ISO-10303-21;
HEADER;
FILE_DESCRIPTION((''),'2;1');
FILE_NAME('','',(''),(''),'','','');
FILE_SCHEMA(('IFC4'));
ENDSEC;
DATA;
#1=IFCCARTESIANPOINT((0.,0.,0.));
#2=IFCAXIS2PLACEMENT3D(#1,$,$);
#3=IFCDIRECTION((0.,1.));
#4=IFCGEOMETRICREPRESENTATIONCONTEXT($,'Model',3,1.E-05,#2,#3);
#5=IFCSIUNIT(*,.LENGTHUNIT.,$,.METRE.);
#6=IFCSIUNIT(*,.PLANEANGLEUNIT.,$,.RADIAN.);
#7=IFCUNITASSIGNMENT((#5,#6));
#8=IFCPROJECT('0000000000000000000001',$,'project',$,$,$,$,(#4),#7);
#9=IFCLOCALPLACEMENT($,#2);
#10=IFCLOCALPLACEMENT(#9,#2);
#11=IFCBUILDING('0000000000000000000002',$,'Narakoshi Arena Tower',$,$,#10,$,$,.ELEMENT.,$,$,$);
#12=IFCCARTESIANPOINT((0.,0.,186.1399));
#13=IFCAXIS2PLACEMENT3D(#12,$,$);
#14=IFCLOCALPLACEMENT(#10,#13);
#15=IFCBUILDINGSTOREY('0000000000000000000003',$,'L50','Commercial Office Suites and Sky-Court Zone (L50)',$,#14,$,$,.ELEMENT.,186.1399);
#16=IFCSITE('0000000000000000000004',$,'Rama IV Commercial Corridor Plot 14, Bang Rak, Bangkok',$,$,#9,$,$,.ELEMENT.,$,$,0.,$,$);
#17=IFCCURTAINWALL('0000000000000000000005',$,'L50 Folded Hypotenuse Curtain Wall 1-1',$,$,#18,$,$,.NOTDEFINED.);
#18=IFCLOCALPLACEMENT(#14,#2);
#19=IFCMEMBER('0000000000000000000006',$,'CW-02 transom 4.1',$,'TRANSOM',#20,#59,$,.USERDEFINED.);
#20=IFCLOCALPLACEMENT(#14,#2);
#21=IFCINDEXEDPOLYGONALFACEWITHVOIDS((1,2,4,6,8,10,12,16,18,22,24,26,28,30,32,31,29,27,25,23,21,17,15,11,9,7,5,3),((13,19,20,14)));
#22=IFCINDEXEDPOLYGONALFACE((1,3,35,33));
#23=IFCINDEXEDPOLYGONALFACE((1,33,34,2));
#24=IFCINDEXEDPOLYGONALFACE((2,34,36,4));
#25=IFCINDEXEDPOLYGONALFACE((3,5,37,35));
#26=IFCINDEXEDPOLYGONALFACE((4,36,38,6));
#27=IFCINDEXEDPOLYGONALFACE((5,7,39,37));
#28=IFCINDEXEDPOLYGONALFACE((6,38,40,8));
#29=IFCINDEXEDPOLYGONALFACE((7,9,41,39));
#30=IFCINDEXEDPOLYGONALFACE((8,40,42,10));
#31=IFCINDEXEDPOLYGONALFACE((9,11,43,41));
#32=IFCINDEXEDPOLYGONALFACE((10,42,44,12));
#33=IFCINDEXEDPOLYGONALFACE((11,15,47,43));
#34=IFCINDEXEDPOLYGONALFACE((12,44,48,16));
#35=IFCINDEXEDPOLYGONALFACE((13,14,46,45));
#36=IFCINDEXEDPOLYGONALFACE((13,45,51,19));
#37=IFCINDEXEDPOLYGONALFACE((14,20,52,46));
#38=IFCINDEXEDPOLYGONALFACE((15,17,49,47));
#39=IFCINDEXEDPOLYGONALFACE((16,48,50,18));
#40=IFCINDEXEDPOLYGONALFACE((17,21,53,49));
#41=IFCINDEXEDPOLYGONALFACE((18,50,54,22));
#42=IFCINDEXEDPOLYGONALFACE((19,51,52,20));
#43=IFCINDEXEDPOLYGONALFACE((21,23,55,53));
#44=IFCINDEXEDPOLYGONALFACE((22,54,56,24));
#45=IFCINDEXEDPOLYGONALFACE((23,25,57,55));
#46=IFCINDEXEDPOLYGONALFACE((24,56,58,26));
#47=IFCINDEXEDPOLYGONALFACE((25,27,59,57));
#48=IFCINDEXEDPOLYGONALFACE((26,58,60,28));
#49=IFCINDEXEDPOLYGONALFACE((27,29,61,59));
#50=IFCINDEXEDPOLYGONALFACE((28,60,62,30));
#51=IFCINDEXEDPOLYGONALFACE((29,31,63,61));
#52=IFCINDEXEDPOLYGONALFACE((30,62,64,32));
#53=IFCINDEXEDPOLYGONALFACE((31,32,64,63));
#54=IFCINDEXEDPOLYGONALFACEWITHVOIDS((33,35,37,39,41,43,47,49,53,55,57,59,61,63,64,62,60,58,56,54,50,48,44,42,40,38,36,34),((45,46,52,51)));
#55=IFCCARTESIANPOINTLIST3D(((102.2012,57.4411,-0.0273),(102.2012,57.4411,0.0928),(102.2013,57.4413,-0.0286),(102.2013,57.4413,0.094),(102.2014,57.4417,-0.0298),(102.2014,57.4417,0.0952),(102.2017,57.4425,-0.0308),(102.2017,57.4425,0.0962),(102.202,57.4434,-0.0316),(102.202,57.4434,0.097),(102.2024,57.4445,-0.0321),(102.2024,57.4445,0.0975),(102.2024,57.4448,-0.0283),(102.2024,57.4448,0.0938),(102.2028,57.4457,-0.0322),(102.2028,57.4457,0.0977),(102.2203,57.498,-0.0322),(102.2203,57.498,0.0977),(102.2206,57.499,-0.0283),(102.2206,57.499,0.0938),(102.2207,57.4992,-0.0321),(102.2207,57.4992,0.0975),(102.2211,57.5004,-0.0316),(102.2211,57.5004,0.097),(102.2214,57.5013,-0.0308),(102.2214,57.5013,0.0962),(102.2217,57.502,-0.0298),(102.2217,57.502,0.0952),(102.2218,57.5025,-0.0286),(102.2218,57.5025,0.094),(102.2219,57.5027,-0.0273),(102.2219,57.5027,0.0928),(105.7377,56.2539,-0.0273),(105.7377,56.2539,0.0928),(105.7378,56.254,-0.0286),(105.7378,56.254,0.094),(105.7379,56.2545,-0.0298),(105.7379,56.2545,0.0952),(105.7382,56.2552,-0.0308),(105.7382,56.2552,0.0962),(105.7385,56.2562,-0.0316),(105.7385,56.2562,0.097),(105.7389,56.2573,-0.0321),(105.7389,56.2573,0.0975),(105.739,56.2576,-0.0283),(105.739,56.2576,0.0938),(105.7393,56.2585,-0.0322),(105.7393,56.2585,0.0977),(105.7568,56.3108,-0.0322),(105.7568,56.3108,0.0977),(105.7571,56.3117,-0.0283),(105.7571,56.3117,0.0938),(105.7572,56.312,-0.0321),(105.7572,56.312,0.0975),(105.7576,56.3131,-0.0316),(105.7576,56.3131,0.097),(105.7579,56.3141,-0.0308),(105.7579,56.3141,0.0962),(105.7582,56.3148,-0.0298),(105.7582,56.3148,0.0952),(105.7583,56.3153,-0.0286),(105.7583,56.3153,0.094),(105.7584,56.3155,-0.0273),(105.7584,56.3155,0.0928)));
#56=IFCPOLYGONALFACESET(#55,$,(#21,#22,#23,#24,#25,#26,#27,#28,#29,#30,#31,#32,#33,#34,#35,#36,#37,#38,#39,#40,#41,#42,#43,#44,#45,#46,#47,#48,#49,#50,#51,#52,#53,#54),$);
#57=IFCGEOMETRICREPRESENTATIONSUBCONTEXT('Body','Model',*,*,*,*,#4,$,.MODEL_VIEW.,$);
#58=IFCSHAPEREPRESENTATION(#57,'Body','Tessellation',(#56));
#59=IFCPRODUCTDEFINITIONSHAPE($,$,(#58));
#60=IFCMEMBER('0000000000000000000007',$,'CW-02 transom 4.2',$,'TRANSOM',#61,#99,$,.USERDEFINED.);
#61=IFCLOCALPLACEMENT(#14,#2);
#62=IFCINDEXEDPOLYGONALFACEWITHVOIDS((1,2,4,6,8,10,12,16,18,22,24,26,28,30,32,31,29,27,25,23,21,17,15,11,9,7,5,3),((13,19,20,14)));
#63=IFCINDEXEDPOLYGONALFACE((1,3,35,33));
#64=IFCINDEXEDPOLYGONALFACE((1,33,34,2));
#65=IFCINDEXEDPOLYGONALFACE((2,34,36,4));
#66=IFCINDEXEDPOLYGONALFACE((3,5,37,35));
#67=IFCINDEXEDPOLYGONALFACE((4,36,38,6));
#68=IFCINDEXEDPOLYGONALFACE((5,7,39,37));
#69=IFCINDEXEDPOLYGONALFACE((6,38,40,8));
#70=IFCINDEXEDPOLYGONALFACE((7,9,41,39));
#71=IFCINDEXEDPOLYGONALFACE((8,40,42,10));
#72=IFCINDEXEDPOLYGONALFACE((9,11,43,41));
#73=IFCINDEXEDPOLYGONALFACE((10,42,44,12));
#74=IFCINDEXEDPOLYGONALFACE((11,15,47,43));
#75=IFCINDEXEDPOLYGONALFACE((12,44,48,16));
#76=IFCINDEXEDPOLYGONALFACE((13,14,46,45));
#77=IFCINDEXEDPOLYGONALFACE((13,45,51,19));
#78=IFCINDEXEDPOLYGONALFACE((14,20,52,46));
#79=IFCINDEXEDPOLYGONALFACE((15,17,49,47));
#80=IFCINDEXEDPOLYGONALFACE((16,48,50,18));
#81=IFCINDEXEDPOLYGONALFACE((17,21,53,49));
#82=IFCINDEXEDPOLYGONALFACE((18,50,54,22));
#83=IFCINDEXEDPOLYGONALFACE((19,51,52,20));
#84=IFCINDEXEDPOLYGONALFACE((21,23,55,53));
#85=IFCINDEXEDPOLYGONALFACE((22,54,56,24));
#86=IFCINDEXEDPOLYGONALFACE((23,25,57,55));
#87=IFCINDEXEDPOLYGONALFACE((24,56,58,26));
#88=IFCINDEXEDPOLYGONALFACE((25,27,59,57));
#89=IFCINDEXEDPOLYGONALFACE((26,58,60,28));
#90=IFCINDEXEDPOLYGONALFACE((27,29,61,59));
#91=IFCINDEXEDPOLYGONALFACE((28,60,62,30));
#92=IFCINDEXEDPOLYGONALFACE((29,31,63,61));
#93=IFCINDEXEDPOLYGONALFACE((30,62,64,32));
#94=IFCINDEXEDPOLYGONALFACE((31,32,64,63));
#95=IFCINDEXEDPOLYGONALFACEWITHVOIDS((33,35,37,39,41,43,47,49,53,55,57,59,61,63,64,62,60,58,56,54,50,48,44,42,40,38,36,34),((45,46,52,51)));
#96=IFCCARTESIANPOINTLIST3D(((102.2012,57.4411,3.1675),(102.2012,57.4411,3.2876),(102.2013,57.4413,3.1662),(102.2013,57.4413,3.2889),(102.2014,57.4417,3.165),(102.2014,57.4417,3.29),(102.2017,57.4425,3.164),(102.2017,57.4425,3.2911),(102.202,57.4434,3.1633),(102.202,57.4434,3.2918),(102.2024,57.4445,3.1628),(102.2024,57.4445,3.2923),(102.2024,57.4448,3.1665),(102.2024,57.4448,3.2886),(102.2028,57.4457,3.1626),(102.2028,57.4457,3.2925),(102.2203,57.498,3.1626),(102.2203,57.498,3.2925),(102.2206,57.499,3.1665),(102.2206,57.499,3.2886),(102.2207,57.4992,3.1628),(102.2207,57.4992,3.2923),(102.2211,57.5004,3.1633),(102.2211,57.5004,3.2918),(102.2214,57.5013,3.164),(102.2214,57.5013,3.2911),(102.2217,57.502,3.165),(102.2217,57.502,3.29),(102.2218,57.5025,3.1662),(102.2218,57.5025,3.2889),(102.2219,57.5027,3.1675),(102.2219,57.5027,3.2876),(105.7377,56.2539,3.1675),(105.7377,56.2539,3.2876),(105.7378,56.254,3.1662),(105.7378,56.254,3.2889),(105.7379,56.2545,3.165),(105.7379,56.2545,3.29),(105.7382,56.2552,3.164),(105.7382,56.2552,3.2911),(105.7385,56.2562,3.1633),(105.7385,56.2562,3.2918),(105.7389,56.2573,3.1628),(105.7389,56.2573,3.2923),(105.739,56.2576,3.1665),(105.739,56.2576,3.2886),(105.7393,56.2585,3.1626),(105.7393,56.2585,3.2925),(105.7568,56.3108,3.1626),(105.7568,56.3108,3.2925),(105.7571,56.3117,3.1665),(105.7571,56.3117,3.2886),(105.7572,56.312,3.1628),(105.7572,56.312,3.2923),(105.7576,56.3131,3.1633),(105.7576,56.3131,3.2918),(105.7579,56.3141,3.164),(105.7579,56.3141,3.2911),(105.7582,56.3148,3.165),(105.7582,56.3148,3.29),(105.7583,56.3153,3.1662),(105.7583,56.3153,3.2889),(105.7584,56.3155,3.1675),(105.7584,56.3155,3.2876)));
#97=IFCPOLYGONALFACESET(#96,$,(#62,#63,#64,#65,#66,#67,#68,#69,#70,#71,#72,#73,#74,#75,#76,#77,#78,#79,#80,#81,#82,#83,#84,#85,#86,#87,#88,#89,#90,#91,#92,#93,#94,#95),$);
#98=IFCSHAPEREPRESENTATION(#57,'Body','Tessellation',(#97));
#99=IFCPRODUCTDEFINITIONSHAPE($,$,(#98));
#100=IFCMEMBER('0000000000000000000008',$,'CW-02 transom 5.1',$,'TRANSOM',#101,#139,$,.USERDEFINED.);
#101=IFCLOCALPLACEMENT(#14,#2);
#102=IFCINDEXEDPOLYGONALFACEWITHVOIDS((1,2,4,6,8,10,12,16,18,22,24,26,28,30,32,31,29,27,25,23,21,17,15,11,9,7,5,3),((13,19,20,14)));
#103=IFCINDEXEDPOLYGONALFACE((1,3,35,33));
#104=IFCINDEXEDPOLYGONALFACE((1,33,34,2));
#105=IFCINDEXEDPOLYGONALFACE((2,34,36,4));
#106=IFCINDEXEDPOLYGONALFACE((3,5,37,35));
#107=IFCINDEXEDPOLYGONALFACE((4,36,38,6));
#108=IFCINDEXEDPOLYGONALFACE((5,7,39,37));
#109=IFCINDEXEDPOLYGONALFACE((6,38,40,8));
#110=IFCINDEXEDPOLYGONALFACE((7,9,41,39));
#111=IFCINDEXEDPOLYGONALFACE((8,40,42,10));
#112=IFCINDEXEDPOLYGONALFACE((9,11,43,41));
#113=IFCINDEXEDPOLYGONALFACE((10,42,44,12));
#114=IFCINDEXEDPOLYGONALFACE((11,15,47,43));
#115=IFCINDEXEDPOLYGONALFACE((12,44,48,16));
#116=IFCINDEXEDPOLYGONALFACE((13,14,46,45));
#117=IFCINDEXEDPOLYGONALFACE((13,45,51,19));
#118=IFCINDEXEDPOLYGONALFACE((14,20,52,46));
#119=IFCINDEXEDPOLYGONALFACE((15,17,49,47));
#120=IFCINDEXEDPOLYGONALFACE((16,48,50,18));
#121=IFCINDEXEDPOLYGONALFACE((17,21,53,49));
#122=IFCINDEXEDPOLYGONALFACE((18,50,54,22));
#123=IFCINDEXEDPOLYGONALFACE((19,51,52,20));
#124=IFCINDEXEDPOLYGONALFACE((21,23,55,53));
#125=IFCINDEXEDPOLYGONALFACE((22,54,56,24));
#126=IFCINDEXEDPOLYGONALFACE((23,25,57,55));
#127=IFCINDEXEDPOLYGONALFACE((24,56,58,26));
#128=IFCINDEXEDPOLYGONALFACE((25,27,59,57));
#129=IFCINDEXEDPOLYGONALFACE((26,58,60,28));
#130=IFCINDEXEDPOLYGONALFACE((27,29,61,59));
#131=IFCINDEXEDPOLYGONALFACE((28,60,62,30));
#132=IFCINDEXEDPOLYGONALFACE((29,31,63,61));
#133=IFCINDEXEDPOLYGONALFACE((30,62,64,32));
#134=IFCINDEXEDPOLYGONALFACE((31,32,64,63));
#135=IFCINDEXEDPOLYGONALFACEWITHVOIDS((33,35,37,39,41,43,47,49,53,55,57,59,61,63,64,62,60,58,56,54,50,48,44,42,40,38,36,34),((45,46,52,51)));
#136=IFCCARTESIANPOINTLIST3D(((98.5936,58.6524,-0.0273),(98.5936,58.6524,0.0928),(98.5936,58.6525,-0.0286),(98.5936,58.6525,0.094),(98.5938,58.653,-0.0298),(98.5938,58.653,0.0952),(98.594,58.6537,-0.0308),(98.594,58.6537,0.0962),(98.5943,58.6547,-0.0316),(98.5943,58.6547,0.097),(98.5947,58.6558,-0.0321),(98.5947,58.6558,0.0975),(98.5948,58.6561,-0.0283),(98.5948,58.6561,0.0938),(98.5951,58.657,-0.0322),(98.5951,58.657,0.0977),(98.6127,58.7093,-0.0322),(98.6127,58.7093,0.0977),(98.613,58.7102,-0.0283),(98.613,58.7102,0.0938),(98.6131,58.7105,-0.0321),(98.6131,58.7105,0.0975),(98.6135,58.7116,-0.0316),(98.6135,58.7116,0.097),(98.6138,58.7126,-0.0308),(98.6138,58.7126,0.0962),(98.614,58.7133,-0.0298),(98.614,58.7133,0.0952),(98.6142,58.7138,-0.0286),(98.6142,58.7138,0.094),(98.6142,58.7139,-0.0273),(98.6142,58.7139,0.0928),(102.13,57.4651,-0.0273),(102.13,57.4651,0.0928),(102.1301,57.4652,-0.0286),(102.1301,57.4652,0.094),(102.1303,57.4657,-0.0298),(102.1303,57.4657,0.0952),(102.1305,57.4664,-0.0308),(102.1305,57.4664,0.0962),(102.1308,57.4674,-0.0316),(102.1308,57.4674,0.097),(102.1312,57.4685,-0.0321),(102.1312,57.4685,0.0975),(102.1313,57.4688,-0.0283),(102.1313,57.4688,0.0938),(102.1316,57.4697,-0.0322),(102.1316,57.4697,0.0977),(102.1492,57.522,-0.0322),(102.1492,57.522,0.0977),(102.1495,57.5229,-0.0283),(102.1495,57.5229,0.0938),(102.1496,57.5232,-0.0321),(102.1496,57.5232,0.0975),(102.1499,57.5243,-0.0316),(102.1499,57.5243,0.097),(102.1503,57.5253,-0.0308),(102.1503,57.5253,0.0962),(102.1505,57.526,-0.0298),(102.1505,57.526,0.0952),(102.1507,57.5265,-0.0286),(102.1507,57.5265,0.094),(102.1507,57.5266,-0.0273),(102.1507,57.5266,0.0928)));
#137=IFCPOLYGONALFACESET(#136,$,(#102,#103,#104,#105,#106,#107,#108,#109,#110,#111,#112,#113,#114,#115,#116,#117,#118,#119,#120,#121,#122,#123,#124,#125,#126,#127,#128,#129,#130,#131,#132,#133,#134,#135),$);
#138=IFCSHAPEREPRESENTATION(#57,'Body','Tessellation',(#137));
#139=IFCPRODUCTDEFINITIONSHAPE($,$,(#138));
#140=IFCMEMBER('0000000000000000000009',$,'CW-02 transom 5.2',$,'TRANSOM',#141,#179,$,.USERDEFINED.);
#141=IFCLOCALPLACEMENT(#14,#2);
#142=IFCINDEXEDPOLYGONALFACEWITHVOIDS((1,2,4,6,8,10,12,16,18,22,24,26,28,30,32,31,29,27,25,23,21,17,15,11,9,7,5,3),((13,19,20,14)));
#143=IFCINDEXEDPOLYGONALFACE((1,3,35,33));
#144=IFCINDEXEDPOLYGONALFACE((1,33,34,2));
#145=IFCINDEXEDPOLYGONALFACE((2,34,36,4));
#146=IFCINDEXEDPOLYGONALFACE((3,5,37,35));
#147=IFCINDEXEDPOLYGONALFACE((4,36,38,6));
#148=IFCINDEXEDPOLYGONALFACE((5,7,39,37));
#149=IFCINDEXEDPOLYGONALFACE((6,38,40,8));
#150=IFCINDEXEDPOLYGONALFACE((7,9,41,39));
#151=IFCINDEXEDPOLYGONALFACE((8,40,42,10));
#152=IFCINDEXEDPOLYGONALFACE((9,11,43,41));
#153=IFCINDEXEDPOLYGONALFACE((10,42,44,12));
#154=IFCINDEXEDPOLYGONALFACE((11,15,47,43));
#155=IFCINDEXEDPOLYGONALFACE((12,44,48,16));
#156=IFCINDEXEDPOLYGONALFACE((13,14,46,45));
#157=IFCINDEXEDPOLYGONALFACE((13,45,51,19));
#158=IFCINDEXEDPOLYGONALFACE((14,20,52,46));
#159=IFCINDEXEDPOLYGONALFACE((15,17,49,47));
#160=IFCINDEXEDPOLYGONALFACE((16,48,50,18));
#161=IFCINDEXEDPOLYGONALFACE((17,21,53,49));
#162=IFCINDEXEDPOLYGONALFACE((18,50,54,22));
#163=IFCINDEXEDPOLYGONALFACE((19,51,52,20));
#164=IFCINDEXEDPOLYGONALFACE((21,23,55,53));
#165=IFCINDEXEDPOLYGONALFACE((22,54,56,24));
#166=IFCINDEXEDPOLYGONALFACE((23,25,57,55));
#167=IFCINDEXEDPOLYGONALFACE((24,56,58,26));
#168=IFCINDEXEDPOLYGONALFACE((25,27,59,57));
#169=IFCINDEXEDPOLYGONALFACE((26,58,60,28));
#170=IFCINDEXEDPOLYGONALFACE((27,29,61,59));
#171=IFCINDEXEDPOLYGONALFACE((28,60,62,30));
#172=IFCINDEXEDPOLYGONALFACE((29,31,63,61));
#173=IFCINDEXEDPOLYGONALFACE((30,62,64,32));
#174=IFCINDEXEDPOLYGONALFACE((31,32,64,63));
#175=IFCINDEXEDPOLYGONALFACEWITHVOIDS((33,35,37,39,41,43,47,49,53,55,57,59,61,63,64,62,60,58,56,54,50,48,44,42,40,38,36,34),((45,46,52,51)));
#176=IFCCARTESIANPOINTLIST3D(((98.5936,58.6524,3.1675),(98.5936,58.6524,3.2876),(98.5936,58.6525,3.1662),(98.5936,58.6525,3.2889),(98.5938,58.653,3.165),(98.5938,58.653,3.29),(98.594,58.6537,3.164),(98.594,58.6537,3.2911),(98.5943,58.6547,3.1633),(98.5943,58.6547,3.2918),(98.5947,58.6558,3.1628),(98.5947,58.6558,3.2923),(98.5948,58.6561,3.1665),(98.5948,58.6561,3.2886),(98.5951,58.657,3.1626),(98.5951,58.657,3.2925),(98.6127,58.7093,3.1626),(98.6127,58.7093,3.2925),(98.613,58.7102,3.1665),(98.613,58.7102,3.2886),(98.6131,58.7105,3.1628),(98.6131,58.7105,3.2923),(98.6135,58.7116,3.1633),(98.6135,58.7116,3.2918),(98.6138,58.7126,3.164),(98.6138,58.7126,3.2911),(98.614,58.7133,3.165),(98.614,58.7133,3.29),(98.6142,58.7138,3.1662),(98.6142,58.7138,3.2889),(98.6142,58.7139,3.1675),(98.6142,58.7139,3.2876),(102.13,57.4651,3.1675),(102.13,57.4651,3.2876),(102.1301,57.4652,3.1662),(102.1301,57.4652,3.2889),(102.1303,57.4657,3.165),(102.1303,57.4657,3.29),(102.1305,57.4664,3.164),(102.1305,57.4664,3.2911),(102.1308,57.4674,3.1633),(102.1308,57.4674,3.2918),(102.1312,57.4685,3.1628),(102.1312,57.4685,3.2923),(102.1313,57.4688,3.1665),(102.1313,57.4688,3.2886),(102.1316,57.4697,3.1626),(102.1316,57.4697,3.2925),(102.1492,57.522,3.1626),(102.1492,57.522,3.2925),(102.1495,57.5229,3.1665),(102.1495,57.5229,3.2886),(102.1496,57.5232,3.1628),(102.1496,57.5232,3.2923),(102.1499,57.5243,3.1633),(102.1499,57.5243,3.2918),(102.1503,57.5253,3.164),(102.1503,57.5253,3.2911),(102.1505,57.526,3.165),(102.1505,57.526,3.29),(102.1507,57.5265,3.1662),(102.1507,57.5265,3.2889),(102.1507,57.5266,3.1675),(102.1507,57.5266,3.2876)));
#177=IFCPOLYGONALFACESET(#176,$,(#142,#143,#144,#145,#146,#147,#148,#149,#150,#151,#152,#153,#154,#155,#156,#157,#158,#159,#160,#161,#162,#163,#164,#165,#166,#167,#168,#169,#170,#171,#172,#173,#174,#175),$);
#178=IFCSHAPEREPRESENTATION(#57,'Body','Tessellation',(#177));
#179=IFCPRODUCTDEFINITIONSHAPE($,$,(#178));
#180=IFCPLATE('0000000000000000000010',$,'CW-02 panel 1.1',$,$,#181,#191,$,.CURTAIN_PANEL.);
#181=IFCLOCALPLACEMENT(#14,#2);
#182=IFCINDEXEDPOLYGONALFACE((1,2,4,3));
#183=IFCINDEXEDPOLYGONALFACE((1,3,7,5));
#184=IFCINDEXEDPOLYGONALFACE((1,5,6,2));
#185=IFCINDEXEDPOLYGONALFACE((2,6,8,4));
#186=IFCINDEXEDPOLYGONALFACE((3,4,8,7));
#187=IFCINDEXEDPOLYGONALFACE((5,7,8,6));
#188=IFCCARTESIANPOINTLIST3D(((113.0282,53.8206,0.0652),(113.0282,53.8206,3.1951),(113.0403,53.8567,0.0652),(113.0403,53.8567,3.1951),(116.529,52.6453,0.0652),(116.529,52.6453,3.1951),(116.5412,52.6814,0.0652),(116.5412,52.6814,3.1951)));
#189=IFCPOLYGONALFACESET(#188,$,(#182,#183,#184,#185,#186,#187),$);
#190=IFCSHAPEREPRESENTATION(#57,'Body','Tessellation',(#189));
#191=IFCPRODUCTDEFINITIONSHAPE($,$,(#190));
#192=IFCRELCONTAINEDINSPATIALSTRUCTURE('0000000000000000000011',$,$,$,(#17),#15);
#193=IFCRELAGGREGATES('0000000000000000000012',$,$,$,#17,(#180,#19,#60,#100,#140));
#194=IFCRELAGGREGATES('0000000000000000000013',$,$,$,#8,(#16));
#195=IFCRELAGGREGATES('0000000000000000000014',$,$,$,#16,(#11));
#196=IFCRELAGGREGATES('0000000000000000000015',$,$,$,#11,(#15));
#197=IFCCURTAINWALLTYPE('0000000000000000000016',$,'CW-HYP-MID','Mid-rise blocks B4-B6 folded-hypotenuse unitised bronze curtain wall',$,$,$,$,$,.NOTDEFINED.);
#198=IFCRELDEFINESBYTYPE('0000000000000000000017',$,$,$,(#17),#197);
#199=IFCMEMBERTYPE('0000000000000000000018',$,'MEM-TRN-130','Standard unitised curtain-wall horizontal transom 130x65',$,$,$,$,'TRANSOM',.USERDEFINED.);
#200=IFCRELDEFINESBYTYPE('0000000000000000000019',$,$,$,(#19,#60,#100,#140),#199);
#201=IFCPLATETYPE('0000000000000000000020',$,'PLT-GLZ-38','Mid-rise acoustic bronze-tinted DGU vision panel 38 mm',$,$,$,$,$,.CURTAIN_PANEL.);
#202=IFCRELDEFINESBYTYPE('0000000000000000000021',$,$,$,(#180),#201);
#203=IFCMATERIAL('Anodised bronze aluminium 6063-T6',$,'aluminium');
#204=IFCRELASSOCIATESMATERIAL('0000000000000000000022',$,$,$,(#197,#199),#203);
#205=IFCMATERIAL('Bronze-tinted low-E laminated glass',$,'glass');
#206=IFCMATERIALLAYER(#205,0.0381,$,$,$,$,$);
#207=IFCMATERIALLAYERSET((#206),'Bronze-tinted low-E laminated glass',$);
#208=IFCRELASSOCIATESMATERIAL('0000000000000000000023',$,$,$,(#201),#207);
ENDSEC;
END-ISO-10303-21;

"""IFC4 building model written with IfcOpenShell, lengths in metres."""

from ifc_helpers import new_model, si_unit, direction, frame, origin, origin_2d, place, context, subcontext, project, spatial, rectangle, hollow_rectangle, extrude, material, layer, layer_set, material_profile, profile_set, type_object, element, aggregate, save


model = new_model("IFC4")

# Units and contexts
model_context = context("Model", 3, precision=1e-05, world=origin(), true_north=direction((0.0, 1.0)))
body_context = subcontext(model_context, "Body", "Model", "MODEL_VIEW")
ifc_project = project(units=[si_unit("LENGTHUNIT", "METRE"), si_unit("PLANEANGLEUNIT", "RADIAN")], contexts=[model_context])

# Site, building, storey
site_placement = place(None, origin())
site = spatial("IfcSite", under=ifc_project, at=site_placement, Name="Rama IV Commercial Corridor Plot 14, Bang Rak, Bangkok", CompositionType="ELEMENT", RefElevation=0.0)
building_placement = place(site_placement, origin())
building = spatial("IfcBuilding", under=site, at=building_placement, Name="Narakoshi Arena Tower", CompositionType="ELEMENT")
storey_placement = place(building_placement, frame((0.0, 0.0, 186.1399)))
storey = spatial("IfcBuildingStorey", under=building, at=storey_placement, Name="L50", Description="Commercial Office Suites and Sky-Court Zone (L50)", CompositionType="ELEMENT", Elevation=186.1399)

# Curtain wall, members, plate
ifc_material_1 = material(Name="Anodised bronze aluminium 6063-T6", Category="aluminium")
curtain_wall_type = type_object("IfcCurtainWallType", Name="CW-HYP-MID", Description="Mid-rise blocks B4-B6 folded-hypotenuse unitised bronze curtain wall", PredefinedType="NOTDEFINED", material=ifc_material_1)
curtain_wall_placement = place(storey_placement, origin())
curtain_wall = element("IfcCurtainWall", 1, at=curtain_wall_placement, inside=storey, type_object=curtain_wall_type, Name="L50 Folded Hypotenuse Curtain Wall 1-1", PredefinedType="NOTDEFINED")
ifc_material_profile_1 = material_profile(ifc_material_1, hollow_rectangle(XDim=0.0649, YDim=0.1299, WallThickness=0.0039, OuterFilletRadius=0.0049, at=origin_2d()), Name="TRN130x65x4")
ifc_profile_set_1 = profile_set([ifc_material_profile_1], Name="Anodised bronze aluminium 6063-T6")
member_type_1 = type_object("IfcMemberType", Name="MEM-TRN-130", Description="Standard unitised curtain-wall horizontal transom 130x65", ElementType="TRANSOM", PredefinedType="USERDEFINED", material=ifc_profile_set_1)
member_1_placement = place(storey_placement, frame((105.748, 56.2847, 0.0327), z_axis=(-0.948007, 0.318249, 0.0), x_axis=(-0.318249, -0.948007, 0.0)))
member_1 = element("IfcMember", 2, at=member_1_placement, type_object=member_type_1, Name="CW-02 transom 4.1", ObjectType="TRANSOM", PredefinedType="USERDEFINED", context=body_context, shape_type="SweptSolid", body=[
    extrude(hollow_rectangle(XDim=0.0649, YDim=0.1299, WallThickness=0.0039, OuterFilletRadius=0.0049, at=origin_2d()), origin(), (0.0, 0.0, 1.0), 3.7305),
])
member_2_placement = place(storey_placement, frame((105.748, 56.2847, 3.2275), z_axis=(-0.948007, 0.318249, 0.0), x_axis=(-0.318249, -0.948007, 0.0)))
member_2 = element("IfcMember", 3, at=member_2_placement, type_object=member_type_1, Name="CW-02 transom 4.2", ObjectType="TRANSOM", PredefinedType="USERDEFINED", context=body_context, shape_type="SweptSolid", body=[
    extrude(hollow_rectangle(XDim=0.0649, YDim=0.1299, WallThickness=0.0039, OuterFilletRadius=0.0049, at=origin_2d()), origin(), (0.0, 0.0, 1.0), 3.7305),
])
member_3_placement = place(storey_placement, frame((102.1404, 57.4958, 0.0327), z_axis=(-0.948, 0.318269, 0.0), x_axis=(-0.318269, -0.948, 0.0)))
member_3 = element("IfcMember", 4, at=member_3_placement, type_object=member_type_1, Name="CW-02 transom 5.1", ObjectType="TRANSOM", PredefinedType="USERDEFINED", context=body_context, shape_type="SweptSolid", body=[
    extrude(hollow_rectangle(XDim=0.0649, YDim=0.1299, WallThickness=0.0039, OuterFilletRadius=0.0049, at=origin_2d()), origin(), (0.0, 0.0, 1.0), 3.7305),
])
member_4_placement = place(storey_placement, frame((102.1404, 57.4958, 3.2275), z_axis=(-0.948, 0.318269, 0.0), x_axis=(-0.318269, -0.948, 0.0)))
member_4 = element("IfcMember", 5, at=member_4_placement, type_object=member_type_1, Name="CW-02 transom 5.2", ObjectType="TRANSOM", PredefinedType="USERDEFINED", context=body_context, shape_type="SweptSolid", body=[
    extrude(hollow_rectangle(XDim=0.0649, YDim=0.1299, WallThickness=0.0039, OuterFilletRadius=0.0049, at=origin_2d()), origin(), (0.0, 0.0, 1.0), 3.7305),
])
ifc_material_2 = material(Name="Bronze-tinted low-E laminated glass", Category="glass")
ifc_layer_1 = layer(ifc_material_2, 0.0381)
ifc_layer_set_1 = layer_set([ifc_layer_1], Name="Bronze-tinted low-E laminated glass")
plate_type = type_object("IfcPlateType", Name="PLT-GLZ-38", Description="Mid-rise acoustic bronze-tinted DGU vision panel 38 mm", PredefinedType="CURTAIN_PANEL", material=ifc_layer_set_1)
plate_1_placement = place(storey_placement, frame((114.7847, 53.251, 0.0652), z_axis=(0.0, 0.0, 1.0), x_axis=(-0.948003, 0.318261, 0.0)))
plate_1 = element("IfcPlate", 6, at=plate_1_placement, type_object=plate_type, Name="CW-02 panel 1.1", PredefinedType="CURTAIN_PANEL", context=body_context, shape_type="SweptSolid", body=[
    extrude(rectangle(XDim=3.6929, YDim=0.0381, at=origin_2d()), origin(), (0.0, 0.0, 1.0), 3.1299),
])
aggregate(curtain_wall, [plate_1, member_1, member_2, member_3, member_4])

save(model, "model.ifc")
